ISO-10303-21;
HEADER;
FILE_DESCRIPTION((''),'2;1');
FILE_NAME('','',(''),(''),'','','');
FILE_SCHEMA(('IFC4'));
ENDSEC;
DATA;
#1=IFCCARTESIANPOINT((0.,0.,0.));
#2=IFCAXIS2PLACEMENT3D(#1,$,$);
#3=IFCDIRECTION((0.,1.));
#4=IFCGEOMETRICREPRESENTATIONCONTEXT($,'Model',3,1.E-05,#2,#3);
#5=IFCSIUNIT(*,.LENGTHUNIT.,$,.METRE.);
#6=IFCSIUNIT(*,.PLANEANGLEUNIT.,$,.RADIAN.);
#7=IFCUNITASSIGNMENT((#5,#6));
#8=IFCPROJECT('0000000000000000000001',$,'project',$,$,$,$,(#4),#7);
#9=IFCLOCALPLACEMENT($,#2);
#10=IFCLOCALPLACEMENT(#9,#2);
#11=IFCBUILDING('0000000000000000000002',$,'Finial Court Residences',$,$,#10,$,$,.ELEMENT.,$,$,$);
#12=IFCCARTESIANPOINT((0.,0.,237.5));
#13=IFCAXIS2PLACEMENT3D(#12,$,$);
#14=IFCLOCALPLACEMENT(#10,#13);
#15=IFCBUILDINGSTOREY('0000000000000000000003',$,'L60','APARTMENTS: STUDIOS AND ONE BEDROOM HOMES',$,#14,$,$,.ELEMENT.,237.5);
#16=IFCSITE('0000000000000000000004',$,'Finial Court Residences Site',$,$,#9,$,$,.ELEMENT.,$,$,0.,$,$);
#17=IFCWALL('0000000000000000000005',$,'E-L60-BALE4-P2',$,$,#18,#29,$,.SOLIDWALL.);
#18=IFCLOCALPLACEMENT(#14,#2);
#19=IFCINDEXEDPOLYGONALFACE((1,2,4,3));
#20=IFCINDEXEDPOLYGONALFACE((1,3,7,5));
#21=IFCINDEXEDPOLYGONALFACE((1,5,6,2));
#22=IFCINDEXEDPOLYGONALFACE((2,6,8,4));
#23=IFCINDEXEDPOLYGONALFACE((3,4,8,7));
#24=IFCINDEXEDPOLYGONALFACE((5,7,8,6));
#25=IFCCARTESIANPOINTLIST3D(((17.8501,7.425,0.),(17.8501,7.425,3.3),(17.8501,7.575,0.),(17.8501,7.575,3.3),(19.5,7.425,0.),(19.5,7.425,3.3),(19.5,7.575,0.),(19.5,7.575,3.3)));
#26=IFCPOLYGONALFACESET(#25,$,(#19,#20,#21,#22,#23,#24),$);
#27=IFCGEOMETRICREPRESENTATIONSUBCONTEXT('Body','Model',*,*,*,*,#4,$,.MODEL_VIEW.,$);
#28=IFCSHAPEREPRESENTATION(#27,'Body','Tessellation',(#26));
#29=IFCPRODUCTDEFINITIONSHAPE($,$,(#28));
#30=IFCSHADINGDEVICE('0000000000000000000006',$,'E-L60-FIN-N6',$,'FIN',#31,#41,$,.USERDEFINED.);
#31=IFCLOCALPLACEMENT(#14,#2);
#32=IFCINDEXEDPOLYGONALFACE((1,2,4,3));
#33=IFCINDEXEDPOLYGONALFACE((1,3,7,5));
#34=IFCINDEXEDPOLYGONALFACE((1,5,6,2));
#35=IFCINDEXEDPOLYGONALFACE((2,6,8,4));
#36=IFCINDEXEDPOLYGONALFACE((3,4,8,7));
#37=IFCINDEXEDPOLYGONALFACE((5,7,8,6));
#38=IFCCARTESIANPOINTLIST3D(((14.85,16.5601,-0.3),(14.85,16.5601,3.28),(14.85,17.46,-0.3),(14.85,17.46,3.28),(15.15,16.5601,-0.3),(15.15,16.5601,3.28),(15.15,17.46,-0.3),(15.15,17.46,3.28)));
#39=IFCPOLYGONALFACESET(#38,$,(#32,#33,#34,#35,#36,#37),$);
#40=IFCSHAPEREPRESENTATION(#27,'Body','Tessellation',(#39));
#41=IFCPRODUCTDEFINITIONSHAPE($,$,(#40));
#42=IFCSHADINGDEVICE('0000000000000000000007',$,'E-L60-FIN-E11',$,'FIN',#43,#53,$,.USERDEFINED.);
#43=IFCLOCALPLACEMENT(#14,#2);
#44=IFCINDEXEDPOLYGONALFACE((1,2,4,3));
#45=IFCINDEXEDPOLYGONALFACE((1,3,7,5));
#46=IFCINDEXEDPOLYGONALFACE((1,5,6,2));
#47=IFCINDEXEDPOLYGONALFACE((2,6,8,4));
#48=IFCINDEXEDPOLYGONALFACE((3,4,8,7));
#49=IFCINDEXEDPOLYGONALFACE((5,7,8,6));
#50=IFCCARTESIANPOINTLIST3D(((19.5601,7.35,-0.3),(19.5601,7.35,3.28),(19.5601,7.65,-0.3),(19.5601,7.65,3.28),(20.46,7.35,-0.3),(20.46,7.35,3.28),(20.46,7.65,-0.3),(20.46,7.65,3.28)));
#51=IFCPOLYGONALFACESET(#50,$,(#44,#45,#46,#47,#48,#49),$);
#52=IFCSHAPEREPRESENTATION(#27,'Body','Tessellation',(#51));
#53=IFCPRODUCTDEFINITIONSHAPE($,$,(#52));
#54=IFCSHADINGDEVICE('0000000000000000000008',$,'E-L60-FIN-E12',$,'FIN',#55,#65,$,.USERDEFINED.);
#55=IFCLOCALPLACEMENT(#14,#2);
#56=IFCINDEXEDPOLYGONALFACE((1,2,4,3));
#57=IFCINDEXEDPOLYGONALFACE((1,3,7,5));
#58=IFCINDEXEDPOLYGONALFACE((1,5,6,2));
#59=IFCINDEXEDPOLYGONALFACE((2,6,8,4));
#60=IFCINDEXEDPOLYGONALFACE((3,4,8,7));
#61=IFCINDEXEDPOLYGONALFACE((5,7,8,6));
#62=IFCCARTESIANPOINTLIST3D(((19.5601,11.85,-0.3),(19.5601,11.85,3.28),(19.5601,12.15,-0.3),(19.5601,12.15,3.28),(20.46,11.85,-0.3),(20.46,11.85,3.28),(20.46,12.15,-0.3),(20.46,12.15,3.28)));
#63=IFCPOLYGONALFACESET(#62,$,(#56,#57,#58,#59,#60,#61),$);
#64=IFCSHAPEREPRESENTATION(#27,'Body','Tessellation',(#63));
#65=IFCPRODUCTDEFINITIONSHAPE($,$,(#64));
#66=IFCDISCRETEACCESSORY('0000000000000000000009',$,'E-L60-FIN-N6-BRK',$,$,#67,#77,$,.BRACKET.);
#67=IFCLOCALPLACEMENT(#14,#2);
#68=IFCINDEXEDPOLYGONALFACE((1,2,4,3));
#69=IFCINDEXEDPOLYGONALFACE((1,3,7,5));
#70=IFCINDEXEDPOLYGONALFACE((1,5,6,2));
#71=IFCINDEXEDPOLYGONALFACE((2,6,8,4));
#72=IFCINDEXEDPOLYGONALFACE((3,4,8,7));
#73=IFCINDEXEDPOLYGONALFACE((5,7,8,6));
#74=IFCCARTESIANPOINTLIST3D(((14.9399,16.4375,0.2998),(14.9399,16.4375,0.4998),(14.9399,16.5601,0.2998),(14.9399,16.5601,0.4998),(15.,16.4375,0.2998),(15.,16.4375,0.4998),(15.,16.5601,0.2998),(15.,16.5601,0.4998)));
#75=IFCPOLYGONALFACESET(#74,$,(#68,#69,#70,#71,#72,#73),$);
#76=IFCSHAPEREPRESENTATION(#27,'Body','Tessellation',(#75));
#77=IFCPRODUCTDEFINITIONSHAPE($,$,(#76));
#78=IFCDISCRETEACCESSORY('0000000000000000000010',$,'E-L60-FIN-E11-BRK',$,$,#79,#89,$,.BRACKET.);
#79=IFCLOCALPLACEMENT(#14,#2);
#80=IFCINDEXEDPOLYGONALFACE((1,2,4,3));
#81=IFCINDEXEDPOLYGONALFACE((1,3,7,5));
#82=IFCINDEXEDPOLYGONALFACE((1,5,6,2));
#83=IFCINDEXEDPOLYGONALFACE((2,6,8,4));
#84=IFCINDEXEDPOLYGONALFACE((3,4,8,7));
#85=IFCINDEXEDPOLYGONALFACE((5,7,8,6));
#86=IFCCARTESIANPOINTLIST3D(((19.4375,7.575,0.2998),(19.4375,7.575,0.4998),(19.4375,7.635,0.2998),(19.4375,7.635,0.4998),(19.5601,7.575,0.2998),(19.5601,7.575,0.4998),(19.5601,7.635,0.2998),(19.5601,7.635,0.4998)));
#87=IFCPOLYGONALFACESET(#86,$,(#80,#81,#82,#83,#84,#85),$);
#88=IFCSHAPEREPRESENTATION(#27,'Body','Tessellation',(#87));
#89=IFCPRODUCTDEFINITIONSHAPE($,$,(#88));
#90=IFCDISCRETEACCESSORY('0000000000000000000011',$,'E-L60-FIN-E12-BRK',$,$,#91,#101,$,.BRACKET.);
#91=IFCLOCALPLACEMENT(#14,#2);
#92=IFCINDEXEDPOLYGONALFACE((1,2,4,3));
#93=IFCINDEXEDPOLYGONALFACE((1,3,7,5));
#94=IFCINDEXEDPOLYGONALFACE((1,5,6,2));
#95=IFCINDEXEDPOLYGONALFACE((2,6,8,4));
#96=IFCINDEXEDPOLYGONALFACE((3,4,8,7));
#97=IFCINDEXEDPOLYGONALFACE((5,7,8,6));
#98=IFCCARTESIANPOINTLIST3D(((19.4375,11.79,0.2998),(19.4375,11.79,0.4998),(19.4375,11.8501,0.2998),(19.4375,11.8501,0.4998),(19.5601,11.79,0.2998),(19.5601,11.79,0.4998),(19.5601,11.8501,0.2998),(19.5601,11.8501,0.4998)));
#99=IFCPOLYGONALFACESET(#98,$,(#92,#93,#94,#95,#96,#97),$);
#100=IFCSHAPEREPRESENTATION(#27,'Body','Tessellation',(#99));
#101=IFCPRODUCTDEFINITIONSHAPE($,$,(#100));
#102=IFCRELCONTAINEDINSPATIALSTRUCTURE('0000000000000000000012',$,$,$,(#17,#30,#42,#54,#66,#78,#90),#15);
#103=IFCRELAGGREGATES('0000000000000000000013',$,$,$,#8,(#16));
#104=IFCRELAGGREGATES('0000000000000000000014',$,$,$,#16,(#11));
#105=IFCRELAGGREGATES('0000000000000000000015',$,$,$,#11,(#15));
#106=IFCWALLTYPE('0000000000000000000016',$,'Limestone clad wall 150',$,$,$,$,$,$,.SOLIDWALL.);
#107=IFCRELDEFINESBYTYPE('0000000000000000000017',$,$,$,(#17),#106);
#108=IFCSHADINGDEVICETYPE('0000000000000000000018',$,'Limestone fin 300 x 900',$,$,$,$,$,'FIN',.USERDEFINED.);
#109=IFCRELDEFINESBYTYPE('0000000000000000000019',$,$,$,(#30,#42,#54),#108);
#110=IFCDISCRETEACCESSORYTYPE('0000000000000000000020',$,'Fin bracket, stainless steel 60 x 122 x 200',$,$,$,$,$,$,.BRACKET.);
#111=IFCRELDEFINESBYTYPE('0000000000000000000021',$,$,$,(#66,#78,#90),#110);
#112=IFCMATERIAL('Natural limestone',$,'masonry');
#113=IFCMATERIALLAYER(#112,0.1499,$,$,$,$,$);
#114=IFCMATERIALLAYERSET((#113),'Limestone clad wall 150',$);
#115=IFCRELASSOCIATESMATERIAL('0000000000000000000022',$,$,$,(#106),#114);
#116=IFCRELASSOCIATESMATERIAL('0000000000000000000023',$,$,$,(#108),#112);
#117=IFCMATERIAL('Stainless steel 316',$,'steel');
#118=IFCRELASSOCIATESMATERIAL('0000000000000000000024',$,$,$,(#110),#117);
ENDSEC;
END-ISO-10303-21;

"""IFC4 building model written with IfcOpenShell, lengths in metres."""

from ifc_helpers import new_model, si_unit, direction, frame, frame_2d, origin, origin_2d, place, context, subcontext, project, spatial, rectangle, extrude, material, layer, layer_set, type_object, element, save


model = new_model("IFC4")

# Units and contexts
model_context = context("Model", 3, precision=1e-05, world=origin(), true_north=direction((0.0, 1.0)))
body_context = subcontext(model_context, "Body", "Model", "MODEL_VIEW")
ifc_project = project(units=[si_unit("LENGTHUNIT", "METRE"), si_unit("PLANEANGLEUNIT", "RADIAN")], contexts=[model_context])

# Site, building, storey
site_placement = place(None, origin())
site = spatial("IfcSite", under=ifc_project, at=site_placement, Name="Finial Court Residences Site", CompositionType="ELEMENT", RefElevation=0.0)
building_placement = place(site_placement, origin())
building = spatial("IfcBuilding", under=site, at=building_placement, Name="Finial Court Residences", CompositionType="ELEMENT")
storey_placement = place(building_placement, frame((0.0, 0.0, 237.5)))
storey = spatial("IfcBuildingStorey", under=building, at=storey_placement, Name="L60", Description="APARTMENTS: STUDIOS AND ONE BEDROOM HOMES", CompositionType="ELEMENT", Elevation=237.5)

# Shared definitions
ifc_material_1 = material(Name="Natural limestone", Category="masonry")
ifc_layer_1 = layer(ifc_material_1, 0.1499)
ifc_layer_set_1 = layer_set([ifc_layer_1], Name="Limestone clad wall 150")
wall_type = type_object("IfcWallType", Name="Limestone clad wall 150", PredefinedType="SOLIDWALL", material=ifc_layer_set_1)

# Wall
wall_1_placement = place(storey_placement, frame((17.8501, 7.5, 0.0), z_axis=(0.0, 0.0, 1.0), x_axis=(1.0, 0.0, 0.0)))
element("IfcWall", 1, at=wall_1_placement, inside=storey, type_object=wall_type, Name="E-L60-BALE4-P2", PredefinedType="SOLIDWALL", context=body_context, shape_type="SweptSolid", body=[
    extrude(rectangle(XDim=1.6499, YDim=0.1499, at=frame_2d((0.825, 0.0))), origin(), (0.0, 0.0, 1.0), 3.3),
])

# Shading devices
shading_device_type = type_object("IfcShadingDeviceType", Name="Limestone fin 300 x 900", ElementType="FIN", PredefinedType="USERDEFINED", material=ifc_material_1)
shading_device_placement = place(storey_placement, frame((15.0, 17.01, -0.3), z_axis=(0.0, 0.0, 1.0), x_axis=(1.0, 0.0, 0.0)))
element("IfcShadingDevice", 2, at=shading_device_placement, inside=storey, type_object=shading_device_type, Name="E-L60-FIN-N6", ObjectType="FIN", PredefinedType="USERDEFINED", context=body_context, shape_type="SweptSolid", body=[
    extrude(rectangle(XDim=0.3, YDim=0.8999, at=origin_2d()), origin(), (0.0, 0.0, 1.0), 3.5801),
])
for number, where, z_axis, x_axis, name in (
    (3, (20.01, 7.5, -0.3), (0.0, 0.0, 1.0), (1.0, 0.0, 0.0), "E-L60-FIN-E11"),
    (4, (20.01, 12.0, -0.3), (0.0, 0.0, 1.0), (1.0, 0.0, 0.0), "E-L60-FIN-E12"),
):
    element("IfcShadingDevice", number, at=place(storey_placement, frame(where, z_axis=z_axis, x_axis=x_axis)), inside=storey, type_object=shading_device_type, Name=name, ObjectType="FIN", PredefinedType="USERDEFINED", context=body_context, shape_type="SweptSolid", body=[
        extrude(rectangle(XDim=0.8999, YDim=0.3, at=origin_2d()), origin(), (0.0, 0.0, 1.0), 3.5801),
    ])

# Discrete accessories
ifc_material_2 = material(Name="Stainless steel 316", Category="steel")
discrete_accessory_type = type_object("IfcDiscreteAccessoryType", Name="Fin bracket, stainless steel 60 x 122 x 200", PredefinedType="BRACKET", material=ifc_material_2)
discrete_accessory_placement = place(storey_placement, frame((14.97, 16.4988, 0.2998), z_axis=(0.0, 0.0, 1.0), x_axis=(1.0, 0.0, 0.0)))
element("IfcDiscreteAccessory", 5, at=discrete_accessory_placement, inside=storey, type_object=discrete_accessory_type, Name="E-L60-FIN-N6-BRK", PredefinedType="BRACKET", context=body_context, shape_type="SweptSolid", body=[
    extrude(rectangle(XDim=0.0601, YDim=0.1226, at=origin_2d()), origin(), (0.0, 0.0, 1.0), 0.2),
])
for number, where, z_axis, x_axis, name in (
    (6, (19.4988, 7.605, 0.2998), (0.0, 0.0, 1.0), (1.0, 0.0, 0.0), "E-L60-FIN-E11-BRK"),
    (7, (19.4988, 11.8201, 0.2998), (0.0, 0.0, 1.0), (1.0, 0.0, 0.0), "E-L60-FIN-E12-BRK"),
):
    element("IfcDiscreteAccessory", number, at=place(storey_placement, frame(where, z_axis=z_axis, x_axis=x_axis)), inside=storey, type_object=discrete_accessory_type, Name=name, PredefinedType="BRACKET", context=body_context, shape_type="SweptSolid", body=[
        extrude(rectangle(XDim=0.1226, YDim=0.0601, at=origin_2d()), origin(), (0.0, 0.0, 1.0), 0.2),
    ])

save(model, "model.ifc")
